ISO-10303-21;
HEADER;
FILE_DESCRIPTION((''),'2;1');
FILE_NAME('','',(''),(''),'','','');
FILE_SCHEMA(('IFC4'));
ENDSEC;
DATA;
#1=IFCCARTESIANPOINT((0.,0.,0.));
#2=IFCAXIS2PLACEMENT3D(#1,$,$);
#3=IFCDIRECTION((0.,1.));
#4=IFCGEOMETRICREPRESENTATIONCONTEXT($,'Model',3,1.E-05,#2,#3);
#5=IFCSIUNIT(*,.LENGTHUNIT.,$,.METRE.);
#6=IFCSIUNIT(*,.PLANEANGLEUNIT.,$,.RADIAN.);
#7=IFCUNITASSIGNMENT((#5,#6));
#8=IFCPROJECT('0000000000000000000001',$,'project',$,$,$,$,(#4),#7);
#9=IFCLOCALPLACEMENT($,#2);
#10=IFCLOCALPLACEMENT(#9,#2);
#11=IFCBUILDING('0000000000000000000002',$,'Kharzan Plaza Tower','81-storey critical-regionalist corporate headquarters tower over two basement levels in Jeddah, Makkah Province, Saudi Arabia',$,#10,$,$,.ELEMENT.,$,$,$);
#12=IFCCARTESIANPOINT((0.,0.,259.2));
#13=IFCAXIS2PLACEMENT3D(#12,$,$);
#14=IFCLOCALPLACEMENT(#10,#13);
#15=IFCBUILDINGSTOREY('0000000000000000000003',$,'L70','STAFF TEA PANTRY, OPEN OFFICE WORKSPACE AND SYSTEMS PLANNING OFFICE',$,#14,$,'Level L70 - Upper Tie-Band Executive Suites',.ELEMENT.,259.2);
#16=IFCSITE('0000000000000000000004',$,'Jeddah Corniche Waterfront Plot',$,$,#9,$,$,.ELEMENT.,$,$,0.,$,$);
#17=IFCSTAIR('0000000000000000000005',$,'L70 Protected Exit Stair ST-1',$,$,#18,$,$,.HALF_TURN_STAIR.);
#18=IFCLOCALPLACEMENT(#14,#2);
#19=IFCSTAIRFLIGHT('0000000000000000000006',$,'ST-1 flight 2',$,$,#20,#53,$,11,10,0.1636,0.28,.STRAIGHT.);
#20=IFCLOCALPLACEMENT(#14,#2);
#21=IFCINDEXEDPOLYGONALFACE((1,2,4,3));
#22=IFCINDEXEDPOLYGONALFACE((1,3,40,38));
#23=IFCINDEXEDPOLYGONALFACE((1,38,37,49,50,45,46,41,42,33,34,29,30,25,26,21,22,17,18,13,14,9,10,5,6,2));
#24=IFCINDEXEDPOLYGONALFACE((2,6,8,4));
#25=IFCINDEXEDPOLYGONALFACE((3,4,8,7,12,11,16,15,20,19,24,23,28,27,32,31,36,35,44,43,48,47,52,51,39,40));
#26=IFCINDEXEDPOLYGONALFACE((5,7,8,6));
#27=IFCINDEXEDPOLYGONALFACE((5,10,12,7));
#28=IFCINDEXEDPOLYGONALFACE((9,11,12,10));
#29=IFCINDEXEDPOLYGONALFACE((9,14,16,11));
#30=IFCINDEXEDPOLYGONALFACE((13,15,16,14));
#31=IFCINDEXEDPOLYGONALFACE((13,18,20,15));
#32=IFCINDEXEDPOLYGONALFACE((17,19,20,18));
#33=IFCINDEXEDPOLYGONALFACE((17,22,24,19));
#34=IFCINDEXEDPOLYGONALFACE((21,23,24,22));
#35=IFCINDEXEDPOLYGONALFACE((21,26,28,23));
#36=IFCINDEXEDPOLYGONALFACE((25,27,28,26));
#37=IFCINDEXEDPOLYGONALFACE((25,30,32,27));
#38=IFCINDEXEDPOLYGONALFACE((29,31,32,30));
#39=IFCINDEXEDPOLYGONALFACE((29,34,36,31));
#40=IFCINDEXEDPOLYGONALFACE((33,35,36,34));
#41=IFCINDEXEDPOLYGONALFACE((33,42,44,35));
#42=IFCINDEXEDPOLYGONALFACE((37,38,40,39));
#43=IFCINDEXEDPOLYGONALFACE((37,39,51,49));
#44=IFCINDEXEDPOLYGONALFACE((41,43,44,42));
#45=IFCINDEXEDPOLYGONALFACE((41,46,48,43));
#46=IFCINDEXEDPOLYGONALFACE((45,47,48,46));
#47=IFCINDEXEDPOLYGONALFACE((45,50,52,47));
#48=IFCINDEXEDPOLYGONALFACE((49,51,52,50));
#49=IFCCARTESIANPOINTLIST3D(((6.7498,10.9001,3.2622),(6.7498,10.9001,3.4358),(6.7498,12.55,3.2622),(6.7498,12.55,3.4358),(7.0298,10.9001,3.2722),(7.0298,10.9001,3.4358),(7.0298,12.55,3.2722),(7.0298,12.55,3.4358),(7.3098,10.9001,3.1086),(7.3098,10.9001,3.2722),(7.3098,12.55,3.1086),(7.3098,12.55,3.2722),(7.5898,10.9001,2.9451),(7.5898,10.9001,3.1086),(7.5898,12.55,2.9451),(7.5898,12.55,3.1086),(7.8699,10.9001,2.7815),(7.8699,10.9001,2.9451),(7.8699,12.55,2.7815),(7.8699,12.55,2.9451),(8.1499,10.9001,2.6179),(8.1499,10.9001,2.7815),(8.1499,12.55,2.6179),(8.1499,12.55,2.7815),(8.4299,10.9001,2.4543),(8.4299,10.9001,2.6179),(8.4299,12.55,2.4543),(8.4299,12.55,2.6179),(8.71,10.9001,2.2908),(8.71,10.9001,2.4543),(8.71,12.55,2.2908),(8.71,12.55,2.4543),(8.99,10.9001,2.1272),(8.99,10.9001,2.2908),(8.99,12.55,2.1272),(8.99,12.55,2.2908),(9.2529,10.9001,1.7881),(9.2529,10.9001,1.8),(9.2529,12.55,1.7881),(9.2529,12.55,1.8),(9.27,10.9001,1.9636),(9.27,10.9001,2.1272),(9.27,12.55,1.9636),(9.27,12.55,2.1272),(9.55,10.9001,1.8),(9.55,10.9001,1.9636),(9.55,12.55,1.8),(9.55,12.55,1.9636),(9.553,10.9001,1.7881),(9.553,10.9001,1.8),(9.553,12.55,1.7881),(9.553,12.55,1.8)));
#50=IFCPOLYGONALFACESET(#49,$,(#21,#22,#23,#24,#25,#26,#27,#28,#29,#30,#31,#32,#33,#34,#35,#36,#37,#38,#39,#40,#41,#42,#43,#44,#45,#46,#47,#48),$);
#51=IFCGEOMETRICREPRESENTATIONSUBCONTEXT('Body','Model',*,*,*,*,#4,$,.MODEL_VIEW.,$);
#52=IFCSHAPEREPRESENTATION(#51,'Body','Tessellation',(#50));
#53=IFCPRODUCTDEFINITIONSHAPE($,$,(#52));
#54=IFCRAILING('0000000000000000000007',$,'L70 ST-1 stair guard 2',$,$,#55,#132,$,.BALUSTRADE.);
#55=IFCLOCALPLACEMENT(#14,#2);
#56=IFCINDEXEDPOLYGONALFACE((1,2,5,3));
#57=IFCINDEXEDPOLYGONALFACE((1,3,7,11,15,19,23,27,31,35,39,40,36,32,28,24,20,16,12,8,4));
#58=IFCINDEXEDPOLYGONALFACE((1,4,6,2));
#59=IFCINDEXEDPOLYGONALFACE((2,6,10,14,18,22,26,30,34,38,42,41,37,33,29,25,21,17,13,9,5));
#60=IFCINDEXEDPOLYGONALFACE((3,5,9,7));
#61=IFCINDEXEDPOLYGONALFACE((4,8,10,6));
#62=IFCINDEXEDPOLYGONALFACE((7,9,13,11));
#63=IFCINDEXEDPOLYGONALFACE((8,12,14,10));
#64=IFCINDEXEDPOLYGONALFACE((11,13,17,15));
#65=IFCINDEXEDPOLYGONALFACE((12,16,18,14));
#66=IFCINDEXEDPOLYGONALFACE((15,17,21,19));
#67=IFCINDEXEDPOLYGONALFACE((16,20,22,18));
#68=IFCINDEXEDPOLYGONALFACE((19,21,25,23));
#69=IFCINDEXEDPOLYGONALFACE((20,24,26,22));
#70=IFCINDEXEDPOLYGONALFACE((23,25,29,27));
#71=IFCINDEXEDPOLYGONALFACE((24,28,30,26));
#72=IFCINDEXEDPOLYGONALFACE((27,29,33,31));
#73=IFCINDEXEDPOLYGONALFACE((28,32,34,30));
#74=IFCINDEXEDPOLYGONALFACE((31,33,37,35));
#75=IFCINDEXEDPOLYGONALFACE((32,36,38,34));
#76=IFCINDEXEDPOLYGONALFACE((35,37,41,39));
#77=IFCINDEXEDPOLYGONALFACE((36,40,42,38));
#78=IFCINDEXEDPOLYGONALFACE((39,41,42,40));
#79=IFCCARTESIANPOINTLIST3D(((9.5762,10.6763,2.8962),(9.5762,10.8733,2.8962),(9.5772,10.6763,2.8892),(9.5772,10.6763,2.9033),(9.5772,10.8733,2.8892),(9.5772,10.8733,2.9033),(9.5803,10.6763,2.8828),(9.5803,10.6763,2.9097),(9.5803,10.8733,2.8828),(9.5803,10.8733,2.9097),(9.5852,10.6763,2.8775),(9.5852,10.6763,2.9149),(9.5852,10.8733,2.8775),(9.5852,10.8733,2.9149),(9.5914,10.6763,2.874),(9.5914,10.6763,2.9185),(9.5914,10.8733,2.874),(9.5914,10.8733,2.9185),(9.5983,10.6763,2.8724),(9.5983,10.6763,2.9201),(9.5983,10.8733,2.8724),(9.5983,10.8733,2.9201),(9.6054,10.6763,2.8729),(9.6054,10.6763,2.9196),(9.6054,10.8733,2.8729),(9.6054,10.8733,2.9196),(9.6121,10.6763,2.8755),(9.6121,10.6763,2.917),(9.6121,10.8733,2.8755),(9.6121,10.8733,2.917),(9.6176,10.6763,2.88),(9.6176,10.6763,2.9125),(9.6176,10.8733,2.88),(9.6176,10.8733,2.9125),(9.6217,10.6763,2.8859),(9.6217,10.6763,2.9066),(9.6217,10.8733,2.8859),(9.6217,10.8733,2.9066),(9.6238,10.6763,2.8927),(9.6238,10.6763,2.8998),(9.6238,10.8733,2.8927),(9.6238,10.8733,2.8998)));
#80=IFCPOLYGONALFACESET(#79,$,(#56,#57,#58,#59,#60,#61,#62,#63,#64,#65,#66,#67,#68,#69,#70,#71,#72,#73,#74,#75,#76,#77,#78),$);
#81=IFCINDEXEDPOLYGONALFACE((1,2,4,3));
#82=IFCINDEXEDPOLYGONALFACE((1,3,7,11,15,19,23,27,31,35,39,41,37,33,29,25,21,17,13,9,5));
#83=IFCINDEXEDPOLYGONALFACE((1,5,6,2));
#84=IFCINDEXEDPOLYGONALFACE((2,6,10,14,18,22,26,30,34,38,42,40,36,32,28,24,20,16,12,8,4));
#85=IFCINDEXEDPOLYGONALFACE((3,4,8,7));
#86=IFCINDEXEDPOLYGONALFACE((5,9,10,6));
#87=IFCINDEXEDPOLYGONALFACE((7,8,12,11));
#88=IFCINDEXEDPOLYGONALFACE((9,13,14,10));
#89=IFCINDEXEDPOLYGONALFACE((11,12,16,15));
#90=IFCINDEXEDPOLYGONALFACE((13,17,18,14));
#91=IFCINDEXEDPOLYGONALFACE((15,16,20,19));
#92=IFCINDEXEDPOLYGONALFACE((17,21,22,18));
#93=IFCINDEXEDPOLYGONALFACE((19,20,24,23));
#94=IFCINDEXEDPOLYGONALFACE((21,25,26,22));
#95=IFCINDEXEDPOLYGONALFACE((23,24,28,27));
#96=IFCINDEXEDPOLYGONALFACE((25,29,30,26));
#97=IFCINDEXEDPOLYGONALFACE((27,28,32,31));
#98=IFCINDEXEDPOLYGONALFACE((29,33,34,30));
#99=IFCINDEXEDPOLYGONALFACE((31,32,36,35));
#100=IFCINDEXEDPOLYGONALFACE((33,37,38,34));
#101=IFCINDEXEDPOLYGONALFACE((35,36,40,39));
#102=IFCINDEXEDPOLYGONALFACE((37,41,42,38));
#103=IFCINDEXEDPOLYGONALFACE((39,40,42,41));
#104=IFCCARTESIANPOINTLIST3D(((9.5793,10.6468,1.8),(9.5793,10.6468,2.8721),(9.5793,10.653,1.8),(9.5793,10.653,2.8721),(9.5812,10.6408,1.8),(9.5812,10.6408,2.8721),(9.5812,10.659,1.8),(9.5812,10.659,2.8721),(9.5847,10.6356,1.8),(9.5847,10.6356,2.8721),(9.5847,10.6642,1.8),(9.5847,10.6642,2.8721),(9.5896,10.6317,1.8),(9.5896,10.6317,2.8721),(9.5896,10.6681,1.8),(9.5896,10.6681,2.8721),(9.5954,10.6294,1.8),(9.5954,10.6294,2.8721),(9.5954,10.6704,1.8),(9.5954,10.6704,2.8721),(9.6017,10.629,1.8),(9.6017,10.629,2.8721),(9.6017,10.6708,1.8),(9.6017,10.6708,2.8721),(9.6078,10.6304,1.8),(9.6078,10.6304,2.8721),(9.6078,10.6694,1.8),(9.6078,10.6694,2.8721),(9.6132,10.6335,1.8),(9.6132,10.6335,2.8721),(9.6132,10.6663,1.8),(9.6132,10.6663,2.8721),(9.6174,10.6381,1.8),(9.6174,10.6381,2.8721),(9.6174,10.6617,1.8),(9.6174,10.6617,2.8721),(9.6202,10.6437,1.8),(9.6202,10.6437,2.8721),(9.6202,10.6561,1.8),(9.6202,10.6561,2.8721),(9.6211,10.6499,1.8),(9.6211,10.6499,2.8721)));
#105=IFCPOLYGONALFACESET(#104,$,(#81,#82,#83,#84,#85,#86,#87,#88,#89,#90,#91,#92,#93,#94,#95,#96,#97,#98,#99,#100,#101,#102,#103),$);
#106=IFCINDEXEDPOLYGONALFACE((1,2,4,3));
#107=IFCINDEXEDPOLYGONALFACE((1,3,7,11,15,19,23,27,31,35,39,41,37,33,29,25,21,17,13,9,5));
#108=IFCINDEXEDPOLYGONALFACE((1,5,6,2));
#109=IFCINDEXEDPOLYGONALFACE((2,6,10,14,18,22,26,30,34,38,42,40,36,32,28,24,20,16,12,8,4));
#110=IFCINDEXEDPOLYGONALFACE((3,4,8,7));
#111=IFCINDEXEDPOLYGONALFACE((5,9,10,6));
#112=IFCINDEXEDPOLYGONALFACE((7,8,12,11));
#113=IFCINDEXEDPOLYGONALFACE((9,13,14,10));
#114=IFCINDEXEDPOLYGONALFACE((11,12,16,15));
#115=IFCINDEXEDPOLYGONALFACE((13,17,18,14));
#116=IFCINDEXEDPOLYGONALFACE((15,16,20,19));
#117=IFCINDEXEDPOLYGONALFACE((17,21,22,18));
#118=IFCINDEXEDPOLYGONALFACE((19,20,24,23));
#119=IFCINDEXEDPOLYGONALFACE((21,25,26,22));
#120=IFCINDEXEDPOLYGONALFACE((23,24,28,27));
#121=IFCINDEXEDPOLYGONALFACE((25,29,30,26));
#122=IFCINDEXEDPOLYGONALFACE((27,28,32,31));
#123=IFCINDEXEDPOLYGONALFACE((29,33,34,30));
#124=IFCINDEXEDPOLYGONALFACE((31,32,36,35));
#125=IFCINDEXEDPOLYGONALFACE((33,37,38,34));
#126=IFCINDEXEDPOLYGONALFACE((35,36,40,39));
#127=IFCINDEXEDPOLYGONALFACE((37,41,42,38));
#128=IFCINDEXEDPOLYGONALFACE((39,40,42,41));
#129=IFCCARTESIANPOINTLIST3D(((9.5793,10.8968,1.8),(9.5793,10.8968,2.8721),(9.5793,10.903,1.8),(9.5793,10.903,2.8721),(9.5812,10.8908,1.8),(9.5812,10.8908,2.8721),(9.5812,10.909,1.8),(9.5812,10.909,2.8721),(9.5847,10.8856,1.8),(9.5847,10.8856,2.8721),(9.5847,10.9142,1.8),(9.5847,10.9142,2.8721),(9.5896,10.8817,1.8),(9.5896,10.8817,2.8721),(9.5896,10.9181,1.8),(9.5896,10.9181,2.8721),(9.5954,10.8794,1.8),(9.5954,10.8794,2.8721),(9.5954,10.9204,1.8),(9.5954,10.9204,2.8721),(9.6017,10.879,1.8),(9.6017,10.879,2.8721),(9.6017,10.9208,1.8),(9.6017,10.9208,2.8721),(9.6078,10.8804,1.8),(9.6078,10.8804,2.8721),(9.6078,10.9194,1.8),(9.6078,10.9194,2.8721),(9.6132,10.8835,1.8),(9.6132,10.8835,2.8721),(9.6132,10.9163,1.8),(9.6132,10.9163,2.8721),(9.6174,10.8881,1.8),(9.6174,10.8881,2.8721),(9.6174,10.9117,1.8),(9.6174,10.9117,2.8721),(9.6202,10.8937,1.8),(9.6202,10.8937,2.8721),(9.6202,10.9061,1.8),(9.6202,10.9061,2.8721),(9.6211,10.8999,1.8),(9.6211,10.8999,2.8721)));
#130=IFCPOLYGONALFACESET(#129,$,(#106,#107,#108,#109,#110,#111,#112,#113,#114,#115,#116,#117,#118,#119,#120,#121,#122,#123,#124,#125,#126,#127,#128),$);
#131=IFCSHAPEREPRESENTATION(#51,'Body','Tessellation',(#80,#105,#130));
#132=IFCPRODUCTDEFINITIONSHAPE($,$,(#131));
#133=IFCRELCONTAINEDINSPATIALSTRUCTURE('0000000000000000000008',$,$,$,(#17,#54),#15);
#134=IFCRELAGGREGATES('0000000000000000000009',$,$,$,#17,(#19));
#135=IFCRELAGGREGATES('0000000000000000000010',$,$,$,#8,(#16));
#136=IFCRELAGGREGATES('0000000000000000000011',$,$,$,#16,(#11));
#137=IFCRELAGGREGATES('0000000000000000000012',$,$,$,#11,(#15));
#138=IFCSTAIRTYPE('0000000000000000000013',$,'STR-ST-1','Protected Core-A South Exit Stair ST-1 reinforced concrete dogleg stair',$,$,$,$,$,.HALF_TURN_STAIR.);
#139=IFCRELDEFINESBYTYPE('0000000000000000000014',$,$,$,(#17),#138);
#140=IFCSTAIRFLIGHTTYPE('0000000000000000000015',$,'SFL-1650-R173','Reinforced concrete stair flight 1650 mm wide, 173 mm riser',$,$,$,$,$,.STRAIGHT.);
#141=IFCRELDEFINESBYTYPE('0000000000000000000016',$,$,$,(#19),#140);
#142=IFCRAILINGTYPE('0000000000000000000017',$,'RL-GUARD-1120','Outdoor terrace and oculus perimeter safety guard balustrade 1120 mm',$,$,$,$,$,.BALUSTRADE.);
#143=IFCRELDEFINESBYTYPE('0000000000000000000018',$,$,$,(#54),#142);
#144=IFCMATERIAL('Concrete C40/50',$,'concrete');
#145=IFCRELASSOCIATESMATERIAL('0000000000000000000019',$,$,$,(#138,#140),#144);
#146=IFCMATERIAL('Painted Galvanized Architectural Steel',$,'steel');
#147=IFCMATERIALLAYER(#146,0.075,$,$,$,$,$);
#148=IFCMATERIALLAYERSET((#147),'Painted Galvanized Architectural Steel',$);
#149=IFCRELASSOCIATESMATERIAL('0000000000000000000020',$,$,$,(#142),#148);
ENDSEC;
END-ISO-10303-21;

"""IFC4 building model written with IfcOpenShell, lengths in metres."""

from ifc_helpers import new_model, si_unit, direction, frame, origin, origin_2d, place, context, subcontext, project, spatial, polyline, circle, outline, extrude, source, transform, mapped, material, layer, layer_set, type_object, element, aggregate, save


model = new_model("IFC4")

# Units and contexts
model_context = context("Model", 3, precision=1e-05, world=origin(), true_north=direction((0.0, 1.0)))
body_context = subcontext(model_context, "Body", "Model", "MODEL_VIEW")
ifc_project = project(units=[si_unit("LENGTHUNIT", "METRE"), si_unit("PLANEANGLEUNIT", "RADIAN")], contexts=[model_context])

# Site, building, storey
site_placement = place(None, origin())
site = spatial("IfcSite", under=ifc_project, at=site_placement, Name="Jeddah Corniche Waterfront Plot", CompositionType="ELEMENT", RefElevation=0.0)
building_placement = place(site_placement, origin())
building = spatial("IfcBuilding", under=site, at=building_placement, Name="Kharzan Plaza Tower", Description="81-storey critical-regionalist corporate headquarters tower over two basement levels in Jeddah, Makkah Province, Saudi Arabia", CompositionType="ELEMENT")
storey_placement = place(building_placement, frame((0.0, 0.0, 259.2)))
storey = spatial("IfcBuildingStorey", under=building, at=storey_placement, Name="L70", Description="STAFF TEA PANTRY, OPEN OFFICE WORKSPACE AND SYSTEMS PLANNING OFFICE", LongName="Level L70 - Upper Tie-Band Executive Suites", CompositionType="ELEMENT", Elevation=259.2)

# Shared definitions
ifc_material_1 = material(Name="Concrete C40/50", Category="concrete")

# Stair, stair flight
stair_type = type_object("IfcStairType", Name="STR-ST-1", Description="Protected Core-A South Exit Stair ST-1 reinforced concrete dogleg stair", PredefinedType="HALF_TURN_STAIR", material=ifc_material_1)
stair_placement = place(storey_placement, origin())
stair = element("IfcStair", 1, at=stair_placement, inside=storey, type_object=stair_type, Name="L70 Protected Exit Stair ST-1", PredefinedType="HALF_TURN_STAIR")
stair_flight_type = type_object("IfcStairFlightType", Name="SFL-1650-R173", Description="Reinforced concrete stair flight 1650 mm wide, 173 mm riser", PredefinedType="STRAIGHT", material=ifc_material_1)
shared_shape_1 = source(origin(), body_context, "Body", "SweptSolid", [
    extrude(outline(polyline([(-0.0029, -0.012), (-0.0029, 0.0), (0.0, 0.0), (0.0, 0.1636), (0.28, 0.1636), (0.28, 0.3271), (0.5601, 0.3271), (0.5601, 0.4907), (0.8401, 0.4907), (0.8401, 0.6543), (1.1201, 0.6543), (1.1201, 0.8179), (1.4001, 0.8179), (1.4001, 0.9814), (1.6802, 0.9814), (1.6802, 1.145), (1.9602, 1.145), (1.9602, 1.3086), (2.2402, 1.3086), (2.2402, 1.4722), (2.5203, 1.4722), (2.5203, 1.6357), (2.8003, 1.6357), (2.8003, 1.7993), (2.8003, 1.4622), (0.2971, 0.0), (0.2971, -0.012), (-0.0029, -0.012)])), frame((0.0, 0.825, 0.0), z_axis=(0.0, -1.0, 0.0), x_axis=(1.0, 0.0, 0.0)), (0.0, 0.0, 1.0), 1.6499),
])
stair_flight_placement = place(storey_placement, frame((9.55, 11.7251, 1.8), z_axis=(0.0, 0.0, 1.0), x_axis=(-1.0, 0.0, 0.0)))
stair_flight = element("IfcStairFlight", 2, at=stair_flight_placement, type_object=stair_flight_type, Name="ST-1 flight 2", NumberOfRisers=11, NumberOfTreads=10, PredefinedType="STRAIGHT", RiserHeight=0.1636, TreadLength=0.28, context=body_context, shape_type="MappedRepresentation", body=[
    mapped(shared_shape_1, transform((0.0, 0.0, 0.0), x_axis=(1.0, 0.0, 0.0), y_axis=(0.0, 1.0, 0.0), z_axis=(0.0, 0.0, 1.0))),
])
aggregate(stair, [stair_flight])

# Railing
ifc_material_2 = material(Name="Painted Galvanized Architectural Steel", Category="steel")
ifc_layer_1 = layer(ifc_material_2, 0.075)
ifc_layer_set_1 = layer_set([ifc_layer_1], Name="Painted Galvanized Architectural Steel")
railing_type_1 = type_object("IfcRailingType", Name="RL-GUARD-1120", Description="Outdoor terrace and oculus perimeter safety guard balustrade 1120 mm", PredefinedType="BALUSTRADE", material=ifc_layer_set_1)
shared_shape_2 = source(origin(), body_context, "Body", "SweptSolid", [
    extrude(circle(Radius=0.0239, at=origin_2d()), frame((0.0, 0.0264, 1.0962), z_axis=(0.0, 1.0, 0.0), x_axis=(-1.0, 0.0, 0.0)), (0.0, 0.0, 1.0), 0.197),
    extrude(circle(Radius=0.021, at=origin_2d()), origin(), (0.0, 0.0, 1.0), 1.072),
    extrude(circle(Radius=0.021, at=origin_2d()), frame((0.0, 0.25, 0.0)), (0.0, 0.0, 1.0), 1.072),
])
railing_1_placement = place(storey_placement, frame((9.6001, 10.6499, 1.8)))
element("IfcRailing", 3, at=railing_1_placement, inside=storey, type_object=railing_type_1, Name="L70 ST-1 stair guard 2", PredefinedType="BALUSTRADE", context=body_context, shape_type="MappedRepresentation", body=[
    mapped(shared_shape_2, transform((0.0, 0.0, 0.0), x_axis=(1.0, 0.0, 0.0), y_axis=(0.0, 1.0, 0.0), z_axis=(0.0, 0.0, 1.0))),
])

save(model, "model.ifc")
